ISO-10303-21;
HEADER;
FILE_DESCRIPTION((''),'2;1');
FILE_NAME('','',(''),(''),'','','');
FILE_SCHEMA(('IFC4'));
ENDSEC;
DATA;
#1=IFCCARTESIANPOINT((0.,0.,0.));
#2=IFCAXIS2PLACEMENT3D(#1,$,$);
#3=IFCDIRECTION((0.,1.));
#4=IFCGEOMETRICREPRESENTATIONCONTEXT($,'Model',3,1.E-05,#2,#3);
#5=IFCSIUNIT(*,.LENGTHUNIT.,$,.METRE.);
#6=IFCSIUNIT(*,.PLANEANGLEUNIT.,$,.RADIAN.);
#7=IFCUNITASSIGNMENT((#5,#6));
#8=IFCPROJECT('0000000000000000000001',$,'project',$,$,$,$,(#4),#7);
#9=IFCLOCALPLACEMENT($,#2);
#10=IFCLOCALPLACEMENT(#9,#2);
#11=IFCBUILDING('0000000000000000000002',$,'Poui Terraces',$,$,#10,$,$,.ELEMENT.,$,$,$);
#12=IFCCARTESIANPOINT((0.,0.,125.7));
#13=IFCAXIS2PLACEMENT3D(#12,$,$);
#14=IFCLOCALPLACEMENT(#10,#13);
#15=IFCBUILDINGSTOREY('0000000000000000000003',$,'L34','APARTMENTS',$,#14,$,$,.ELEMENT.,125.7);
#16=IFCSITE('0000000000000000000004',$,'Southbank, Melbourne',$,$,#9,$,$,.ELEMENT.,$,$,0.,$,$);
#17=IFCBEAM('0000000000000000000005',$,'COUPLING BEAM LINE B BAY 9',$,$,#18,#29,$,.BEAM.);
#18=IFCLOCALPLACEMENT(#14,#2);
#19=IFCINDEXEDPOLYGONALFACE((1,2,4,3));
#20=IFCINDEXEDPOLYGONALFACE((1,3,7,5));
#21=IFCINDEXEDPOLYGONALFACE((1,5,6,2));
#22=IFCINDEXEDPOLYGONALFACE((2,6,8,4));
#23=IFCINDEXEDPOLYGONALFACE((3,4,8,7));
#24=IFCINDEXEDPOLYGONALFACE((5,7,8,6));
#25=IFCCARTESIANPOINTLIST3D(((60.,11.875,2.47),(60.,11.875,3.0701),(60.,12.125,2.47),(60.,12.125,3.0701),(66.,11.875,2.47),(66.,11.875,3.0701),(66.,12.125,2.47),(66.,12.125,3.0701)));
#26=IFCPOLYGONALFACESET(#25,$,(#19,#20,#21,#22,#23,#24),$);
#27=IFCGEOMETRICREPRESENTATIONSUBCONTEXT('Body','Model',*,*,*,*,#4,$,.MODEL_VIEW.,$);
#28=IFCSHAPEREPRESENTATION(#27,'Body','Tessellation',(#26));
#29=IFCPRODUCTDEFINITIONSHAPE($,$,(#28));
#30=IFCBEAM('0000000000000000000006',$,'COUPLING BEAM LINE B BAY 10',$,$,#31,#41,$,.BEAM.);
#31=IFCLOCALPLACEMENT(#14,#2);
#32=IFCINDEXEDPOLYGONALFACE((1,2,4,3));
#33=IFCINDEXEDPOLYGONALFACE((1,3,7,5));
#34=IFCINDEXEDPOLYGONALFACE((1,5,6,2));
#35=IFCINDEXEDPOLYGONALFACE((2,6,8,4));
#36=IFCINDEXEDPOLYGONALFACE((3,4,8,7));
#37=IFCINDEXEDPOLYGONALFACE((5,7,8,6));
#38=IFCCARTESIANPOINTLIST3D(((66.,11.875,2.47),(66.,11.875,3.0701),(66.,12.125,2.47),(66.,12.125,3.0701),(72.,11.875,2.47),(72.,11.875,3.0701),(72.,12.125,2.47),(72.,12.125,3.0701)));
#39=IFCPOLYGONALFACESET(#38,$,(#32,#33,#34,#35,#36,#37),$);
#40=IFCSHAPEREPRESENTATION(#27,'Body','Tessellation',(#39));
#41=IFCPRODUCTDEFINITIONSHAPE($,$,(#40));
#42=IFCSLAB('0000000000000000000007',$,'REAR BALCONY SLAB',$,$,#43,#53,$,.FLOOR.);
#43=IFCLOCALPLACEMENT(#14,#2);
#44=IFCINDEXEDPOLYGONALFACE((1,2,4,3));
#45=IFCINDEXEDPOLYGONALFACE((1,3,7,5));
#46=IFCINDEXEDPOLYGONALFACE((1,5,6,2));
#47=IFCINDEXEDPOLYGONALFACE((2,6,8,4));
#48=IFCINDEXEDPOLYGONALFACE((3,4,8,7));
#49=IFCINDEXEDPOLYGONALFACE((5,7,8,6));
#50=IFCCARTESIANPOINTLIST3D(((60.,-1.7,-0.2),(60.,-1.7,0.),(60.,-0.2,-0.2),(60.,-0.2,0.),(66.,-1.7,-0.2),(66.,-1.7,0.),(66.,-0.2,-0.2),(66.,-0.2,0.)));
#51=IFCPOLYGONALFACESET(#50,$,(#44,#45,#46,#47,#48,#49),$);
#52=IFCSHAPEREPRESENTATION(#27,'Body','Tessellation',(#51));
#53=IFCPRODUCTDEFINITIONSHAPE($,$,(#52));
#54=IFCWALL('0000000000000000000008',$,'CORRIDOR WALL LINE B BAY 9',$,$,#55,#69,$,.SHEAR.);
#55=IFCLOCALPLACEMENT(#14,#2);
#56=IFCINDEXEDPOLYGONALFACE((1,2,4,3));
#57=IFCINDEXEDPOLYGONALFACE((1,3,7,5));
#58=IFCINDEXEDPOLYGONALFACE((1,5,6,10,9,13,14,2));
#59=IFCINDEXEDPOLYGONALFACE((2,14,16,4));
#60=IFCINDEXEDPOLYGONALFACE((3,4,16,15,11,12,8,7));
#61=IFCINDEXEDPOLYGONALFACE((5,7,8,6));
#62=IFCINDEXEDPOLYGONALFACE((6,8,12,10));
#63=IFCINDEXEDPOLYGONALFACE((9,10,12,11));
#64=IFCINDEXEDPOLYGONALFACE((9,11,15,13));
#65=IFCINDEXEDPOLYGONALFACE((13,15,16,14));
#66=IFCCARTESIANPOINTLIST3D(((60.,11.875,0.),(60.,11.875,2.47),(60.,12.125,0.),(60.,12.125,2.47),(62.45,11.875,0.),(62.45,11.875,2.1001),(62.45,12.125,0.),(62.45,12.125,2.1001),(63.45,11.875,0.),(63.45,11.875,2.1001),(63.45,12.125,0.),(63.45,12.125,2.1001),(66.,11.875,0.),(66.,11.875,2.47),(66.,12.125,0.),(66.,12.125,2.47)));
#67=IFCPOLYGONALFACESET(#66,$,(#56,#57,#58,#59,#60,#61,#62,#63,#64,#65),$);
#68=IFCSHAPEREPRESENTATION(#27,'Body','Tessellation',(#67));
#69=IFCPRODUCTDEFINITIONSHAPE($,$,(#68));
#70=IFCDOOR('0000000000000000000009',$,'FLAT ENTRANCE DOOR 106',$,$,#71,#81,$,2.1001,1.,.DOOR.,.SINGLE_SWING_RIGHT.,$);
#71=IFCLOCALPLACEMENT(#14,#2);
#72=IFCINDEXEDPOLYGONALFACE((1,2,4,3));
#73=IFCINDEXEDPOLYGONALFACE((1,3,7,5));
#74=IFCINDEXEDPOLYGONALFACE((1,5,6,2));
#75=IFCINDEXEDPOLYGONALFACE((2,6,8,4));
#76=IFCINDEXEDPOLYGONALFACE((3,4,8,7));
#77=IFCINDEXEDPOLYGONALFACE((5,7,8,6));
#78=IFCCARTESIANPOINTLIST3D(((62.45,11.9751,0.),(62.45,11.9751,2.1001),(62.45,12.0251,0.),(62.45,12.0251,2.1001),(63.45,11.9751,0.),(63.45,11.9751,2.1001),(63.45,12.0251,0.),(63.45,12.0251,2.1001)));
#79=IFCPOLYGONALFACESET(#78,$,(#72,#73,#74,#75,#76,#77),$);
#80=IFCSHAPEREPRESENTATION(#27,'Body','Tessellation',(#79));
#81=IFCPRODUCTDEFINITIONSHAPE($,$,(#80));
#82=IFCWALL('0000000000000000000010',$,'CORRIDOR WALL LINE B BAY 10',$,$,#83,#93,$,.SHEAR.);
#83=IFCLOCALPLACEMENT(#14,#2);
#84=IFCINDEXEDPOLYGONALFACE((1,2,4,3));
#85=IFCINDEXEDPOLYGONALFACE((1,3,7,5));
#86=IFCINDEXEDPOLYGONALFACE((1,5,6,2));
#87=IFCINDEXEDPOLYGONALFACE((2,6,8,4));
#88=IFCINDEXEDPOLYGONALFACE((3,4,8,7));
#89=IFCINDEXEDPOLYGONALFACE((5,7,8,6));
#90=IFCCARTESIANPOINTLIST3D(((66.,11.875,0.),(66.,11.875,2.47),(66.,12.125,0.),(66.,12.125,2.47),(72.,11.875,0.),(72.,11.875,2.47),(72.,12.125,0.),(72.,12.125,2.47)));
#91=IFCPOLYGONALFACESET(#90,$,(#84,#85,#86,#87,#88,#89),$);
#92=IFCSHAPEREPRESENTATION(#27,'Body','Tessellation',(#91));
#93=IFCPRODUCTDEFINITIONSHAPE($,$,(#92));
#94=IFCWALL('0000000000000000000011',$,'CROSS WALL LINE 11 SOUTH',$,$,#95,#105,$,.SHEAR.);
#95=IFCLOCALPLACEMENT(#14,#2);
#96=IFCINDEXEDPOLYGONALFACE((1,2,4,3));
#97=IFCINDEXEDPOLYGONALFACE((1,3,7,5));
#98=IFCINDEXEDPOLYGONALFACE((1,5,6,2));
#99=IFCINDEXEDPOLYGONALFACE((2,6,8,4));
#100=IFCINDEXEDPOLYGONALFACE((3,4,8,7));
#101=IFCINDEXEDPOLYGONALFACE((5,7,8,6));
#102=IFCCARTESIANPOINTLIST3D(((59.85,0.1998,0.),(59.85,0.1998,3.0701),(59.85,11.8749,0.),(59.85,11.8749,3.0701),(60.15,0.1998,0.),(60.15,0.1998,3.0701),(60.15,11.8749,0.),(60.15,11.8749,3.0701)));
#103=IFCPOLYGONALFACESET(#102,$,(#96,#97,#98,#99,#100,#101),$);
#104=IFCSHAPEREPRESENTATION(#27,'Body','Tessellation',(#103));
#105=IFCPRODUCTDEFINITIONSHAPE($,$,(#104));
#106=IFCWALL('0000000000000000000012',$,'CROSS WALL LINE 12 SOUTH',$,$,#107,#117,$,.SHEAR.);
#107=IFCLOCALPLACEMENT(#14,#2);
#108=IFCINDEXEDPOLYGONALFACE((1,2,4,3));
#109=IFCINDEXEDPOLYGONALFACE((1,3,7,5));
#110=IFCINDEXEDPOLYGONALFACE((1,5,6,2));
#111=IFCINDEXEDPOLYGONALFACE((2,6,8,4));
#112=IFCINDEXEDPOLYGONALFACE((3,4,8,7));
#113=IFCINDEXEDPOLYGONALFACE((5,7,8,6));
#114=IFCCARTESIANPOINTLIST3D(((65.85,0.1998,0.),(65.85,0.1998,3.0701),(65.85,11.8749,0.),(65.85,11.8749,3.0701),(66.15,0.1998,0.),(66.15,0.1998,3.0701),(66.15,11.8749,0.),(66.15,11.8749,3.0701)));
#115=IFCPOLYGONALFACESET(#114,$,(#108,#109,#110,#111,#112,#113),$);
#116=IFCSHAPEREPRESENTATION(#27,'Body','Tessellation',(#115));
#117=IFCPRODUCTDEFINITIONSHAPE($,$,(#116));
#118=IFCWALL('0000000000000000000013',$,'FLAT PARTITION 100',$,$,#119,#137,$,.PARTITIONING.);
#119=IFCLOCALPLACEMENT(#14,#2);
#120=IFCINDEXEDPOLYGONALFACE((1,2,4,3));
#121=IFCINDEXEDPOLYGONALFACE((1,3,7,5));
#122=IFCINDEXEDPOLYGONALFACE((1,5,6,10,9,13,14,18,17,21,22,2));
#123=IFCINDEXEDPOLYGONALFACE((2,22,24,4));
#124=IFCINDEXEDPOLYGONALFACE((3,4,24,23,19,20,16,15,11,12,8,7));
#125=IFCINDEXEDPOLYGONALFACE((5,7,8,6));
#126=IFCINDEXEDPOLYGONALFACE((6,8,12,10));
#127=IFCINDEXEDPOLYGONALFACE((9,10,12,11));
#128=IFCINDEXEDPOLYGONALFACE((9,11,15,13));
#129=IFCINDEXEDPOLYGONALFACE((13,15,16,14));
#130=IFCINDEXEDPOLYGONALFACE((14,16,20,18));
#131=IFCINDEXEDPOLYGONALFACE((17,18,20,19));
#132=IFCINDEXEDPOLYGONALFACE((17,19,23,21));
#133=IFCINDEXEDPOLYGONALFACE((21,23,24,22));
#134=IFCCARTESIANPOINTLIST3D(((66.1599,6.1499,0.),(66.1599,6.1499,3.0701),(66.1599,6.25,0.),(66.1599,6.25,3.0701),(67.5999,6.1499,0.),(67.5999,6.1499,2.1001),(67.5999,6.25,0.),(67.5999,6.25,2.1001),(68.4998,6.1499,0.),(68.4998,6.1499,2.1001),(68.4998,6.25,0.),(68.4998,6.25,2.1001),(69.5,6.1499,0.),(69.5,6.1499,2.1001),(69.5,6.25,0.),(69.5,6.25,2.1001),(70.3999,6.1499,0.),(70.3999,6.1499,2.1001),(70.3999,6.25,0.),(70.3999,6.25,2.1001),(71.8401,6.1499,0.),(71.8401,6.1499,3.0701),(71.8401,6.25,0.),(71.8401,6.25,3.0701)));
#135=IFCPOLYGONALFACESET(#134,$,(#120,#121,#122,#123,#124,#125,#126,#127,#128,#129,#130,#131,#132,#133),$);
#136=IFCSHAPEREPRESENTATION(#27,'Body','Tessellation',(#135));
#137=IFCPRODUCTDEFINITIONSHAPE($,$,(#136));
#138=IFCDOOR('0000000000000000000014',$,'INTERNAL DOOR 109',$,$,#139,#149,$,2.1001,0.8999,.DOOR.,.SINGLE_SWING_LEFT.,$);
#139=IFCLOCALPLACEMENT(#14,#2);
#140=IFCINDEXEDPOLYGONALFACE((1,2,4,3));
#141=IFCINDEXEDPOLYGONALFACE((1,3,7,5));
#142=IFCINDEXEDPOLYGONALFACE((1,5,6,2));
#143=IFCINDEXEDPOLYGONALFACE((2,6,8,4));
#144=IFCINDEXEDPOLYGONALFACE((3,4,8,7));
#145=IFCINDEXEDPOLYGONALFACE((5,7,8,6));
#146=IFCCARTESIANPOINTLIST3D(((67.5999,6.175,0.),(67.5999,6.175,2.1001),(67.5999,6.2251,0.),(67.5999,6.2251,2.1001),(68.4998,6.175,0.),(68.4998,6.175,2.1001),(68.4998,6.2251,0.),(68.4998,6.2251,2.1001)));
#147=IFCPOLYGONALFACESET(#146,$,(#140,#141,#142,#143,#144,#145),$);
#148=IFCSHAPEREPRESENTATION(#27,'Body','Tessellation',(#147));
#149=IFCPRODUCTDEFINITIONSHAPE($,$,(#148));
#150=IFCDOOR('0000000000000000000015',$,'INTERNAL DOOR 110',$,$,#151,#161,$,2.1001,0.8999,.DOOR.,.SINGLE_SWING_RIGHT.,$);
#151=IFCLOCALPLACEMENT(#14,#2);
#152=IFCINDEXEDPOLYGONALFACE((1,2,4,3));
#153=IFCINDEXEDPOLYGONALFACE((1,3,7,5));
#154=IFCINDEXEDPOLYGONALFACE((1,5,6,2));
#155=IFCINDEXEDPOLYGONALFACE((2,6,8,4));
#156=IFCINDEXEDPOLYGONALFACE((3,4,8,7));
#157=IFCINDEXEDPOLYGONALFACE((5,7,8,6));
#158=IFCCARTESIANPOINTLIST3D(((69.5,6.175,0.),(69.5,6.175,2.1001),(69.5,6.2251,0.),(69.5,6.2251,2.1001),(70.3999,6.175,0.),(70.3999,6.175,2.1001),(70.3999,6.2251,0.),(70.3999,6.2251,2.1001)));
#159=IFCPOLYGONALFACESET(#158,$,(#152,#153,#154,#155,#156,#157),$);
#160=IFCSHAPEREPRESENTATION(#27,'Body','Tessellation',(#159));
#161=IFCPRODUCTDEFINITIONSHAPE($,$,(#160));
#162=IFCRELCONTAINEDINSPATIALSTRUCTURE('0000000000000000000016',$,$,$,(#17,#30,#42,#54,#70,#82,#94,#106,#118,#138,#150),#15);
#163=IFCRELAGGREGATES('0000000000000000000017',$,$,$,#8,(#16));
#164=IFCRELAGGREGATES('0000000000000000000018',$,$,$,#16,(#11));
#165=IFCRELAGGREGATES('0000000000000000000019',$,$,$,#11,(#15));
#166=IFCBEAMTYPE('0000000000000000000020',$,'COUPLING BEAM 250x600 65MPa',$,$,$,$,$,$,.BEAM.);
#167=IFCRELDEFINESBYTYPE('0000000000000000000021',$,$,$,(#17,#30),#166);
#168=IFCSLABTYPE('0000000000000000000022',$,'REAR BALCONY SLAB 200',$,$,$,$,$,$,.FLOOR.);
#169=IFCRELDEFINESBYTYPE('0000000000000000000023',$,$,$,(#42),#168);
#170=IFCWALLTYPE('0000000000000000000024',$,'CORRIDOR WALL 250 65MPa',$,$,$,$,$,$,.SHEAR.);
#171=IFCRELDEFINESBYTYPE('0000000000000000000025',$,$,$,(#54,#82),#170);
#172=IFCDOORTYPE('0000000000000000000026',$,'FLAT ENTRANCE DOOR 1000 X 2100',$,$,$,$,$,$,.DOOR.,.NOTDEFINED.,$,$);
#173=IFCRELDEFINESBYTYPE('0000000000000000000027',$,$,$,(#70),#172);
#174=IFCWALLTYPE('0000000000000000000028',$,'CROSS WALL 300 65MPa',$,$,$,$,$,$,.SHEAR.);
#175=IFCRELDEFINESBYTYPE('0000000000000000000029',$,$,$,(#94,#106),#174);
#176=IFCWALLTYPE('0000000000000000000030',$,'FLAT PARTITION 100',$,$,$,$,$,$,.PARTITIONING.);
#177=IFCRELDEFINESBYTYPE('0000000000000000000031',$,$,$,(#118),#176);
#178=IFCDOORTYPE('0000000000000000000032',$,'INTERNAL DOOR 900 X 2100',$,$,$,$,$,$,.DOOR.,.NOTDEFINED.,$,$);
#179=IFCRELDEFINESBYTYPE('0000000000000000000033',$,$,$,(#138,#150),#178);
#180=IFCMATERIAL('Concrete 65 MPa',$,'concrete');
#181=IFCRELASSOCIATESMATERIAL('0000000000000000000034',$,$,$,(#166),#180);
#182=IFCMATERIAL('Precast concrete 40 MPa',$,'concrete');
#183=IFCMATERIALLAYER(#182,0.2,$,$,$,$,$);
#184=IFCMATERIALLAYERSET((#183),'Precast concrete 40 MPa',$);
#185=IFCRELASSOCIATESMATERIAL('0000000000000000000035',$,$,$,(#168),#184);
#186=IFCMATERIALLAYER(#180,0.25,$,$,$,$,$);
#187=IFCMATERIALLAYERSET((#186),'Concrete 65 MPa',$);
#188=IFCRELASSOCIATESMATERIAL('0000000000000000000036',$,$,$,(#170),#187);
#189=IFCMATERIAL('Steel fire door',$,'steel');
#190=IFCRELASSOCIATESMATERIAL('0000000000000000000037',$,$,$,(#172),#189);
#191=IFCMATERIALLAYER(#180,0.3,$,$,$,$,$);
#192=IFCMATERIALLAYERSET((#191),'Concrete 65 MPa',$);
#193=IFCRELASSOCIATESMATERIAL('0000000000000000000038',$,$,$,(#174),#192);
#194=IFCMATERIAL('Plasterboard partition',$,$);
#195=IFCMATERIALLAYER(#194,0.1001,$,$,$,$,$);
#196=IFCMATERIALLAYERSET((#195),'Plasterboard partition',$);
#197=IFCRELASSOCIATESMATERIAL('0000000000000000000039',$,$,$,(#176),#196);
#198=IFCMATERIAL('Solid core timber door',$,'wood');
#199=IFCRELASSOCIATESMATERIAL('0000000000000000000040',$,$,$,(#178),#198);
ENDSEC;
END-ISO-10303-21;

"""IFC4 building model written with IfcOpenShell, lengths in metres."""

from ifc_helpers import new_model, si_unit, direction, frame, frame_2d, origin, origin_2d, place, context, subcontext, project, spatial, polyline, rectangle, outline, extrude, source, transform, mapped, material, layer, layer_set, material_profile, profile_set, type_object, element, fill, save


model = new_model("IFC4")

# Units and contexts
model_context = context("Model", 3, precision=1e-05, world=origin(), true_north=direction((0.0, 1.0)))
body_context = subcontext(model_context, "Body", "Model", "MODEL_VIEW")
ifc_project = project(units=[si_unit("LENGTHUNIT", "METRE"), si_unit("PLANEANGLEUNIT", "RADIAN")], contexts=[model_context])

# Site, building, storey
site_placement = place(None, origin())
site = spatial("IfcSite", under=ifc_project, at=site_placement, Name="Southbank, Melbourne", CompositionType="ELEMENT", RefElevation=0.0)
building_placement = place(site_placement, origin())
building = spatial("IfcBuilding", under=site, at=building_placement, Name="Poui Terraces", CompositionType="ELEMENT")
storey_placement = place(building_placement, frame((0.0, 0.0, 125.7)))
storey = spatial("IfcBuildingStorey", under=building, at=storey_placement, Name="L34", Description="APARTMENTS", CompositionType="ELEMENT", Elevation=125.7)

# Beams
ifc_material_1 = material(Name="Concrete 65 MPa", Category="concrete")
ifc_material_profile_1 = material_profile(ifc_material_1, rectangle(XDim=0.25, YDim=0.6001, at=origin_2d()), Name="RC 250x600")
ifc_profile_set_1 = profile_set([ifc_material_profile_1], Name="Concrete 65 MPa")
beam_type = type_object("IfcBeamType", Name="COUPLING BEAM 250x600 65MPa", PredefinedType="BEAM", material=ifc_profile_set_1)
shared_shape_1 = source(origin(), body_context, "Body", "SweptSolid", [
    extrude(rectangle(XDim=0.25, YDim=0.6001, at=origin_2d()), origin(), (0.0, 0.0, 1.0), 6.0),
])
for number, where, z_axis, x_axis, name in (
    (1, (60.0, 12.0, 2.77), (1.0, 0.0, 0.0), (0.0, 1.0, 0.0), "COUPLING BEAM LINE B BAY 9"),
    (2, (66.0, 12.0, 2.77), (1.0, 0.0, 0.0), (0.0, 1.0, 0.0), "COUPLING BEAM LINE B BAY 10"),
):
    element("IfcBeam", number, at=place(storey_placement, frame(where, z_axis=z_axis, x_axis=x_axis)), inside=storey, type_object=beam_type, Name=name, PredefinedType="BEAM", context=body_context, shape_type="MappedRepresentation", body=[
        mapped(shared_shape_1, transform((0.0, 0.0, 0.0))),
    ])

# Slab
ifc_material_2 = material(Name="Precast concrete 40 MPa", Category="concrete")
ifc_layer_1 = layer(ifc_material_2, 0.2)
ifc_layer_set_1 = layer_set([ifc_layer_1], Name="Precast concrete 40 MPa")
slab_type = type_object("IfcSlabType", Name="REAR BALCONY SLAB 200", PredefinedType="FLOOR", material=ifc_layer_set_1)
shared_shape_2 = source(origin(), body_context, "Body", "SweptSolid", [
    extrude(outline(polyline([(0.0, 0.0), (6.0, 0.0), (6.0, 1.5), (0.0, 1.5), (0.0, 0.0)])), origin(), (0.0, 0.0, 1.0), 0.2),
])
slab_placement = place(storey_placement, frame((60.0, -1.7, -0.2)))
element("IfcSlab", 3, at=slab_placement, inside=storey, type_object=slab_type, Name="REAR BALCONY SLAB", PredefinedType="FLOOR", context=body_context, shape_type="MappedRepresentation", body=[
    mapped(shared_shape_2, transform((0.0, 0.0, 0.0))),
])

# Wall, opening, door
ifc_layer_2 = layer(ifc_material_1, 0.25)
ifc_layer_set_2 = layer_set([ifc_layer_2], Name="Concrete 65 MPa")
wall_type_1 = type_object("IfcWallType", Name="CORRIDOR WALL 250 65MPa", PredefinedType="SHEAR", material=ifc_layer_set_2)
wall_1_placement = place(storey_placement, frame((60.0, 12.0, 0.0), z_axis=(0.0, 0.0, 1.0), x_axis=(1.0, 0.0, 0.0)))
wall_1 = element("IfcWall", 4, at=wall_1_placement, inside=storey, type_object=wall_type_1, Name="CORRIDOR WALL LINE B BAY 9", PredefinedType="SHEAR", context=body_context, shape_type="SweptSolid", body=[
    extrude(rectangle(XDim=6.0, YDim=0.25, at=frame_2d((3.0, 0.0))), origin(), (0.0, 0.0, 1.0), 2.47),
])
opening_1_placement = place(wall_1_placement, frame((2.45, 0.0, 0.0)))
opening_1 = element("IfcOpeningElement", 5, at=opening_1_placement, cuts=wall_1, PredefinedType="OPENING", context=body_context, shape_type="SweptSolid", body=[
    extrude(rectangle(XDim=1.0, YDim=2.1001, at=frame_2d((0.5, 1.05))), frame((0.0, 0.135, 0.0), z_axis=(0.0, -1.0, 0.0), x_axis=(1.0, 0.0, 0.0)), (0.0, 0.0, 1.0), 0.27),
])
ifc_material_3 = material(Name="Steel fire door", Category="steel")
door_type_1 = type_object("IfcDoorType", Name="FLAT ENTRANCE DOOR 1000 X 2100", OperationType="NOTDEFINED", PredefinedType="DOOR", material=ifc_material_3)
door_1_placement = place(opening_1_placement, frame((1.0, 0.0, 0.0), z_axis=(0.0, 0.0, 1.0), x_axis=(-1.0, 0.0, 0.0)))
door_1 = element("IfcDoor", 6, at=door_1_placement, inside=storey, type_object=door_type_1, Name="FLAT ENTRANCE DOOR 106", OperationType="SINGLE_SWING_RIGHT", OverallHeight=2.1001, OverallWidth=1.0, PredefinedType="DOOR", context=body_context, shape_type="SweptSolid", body=[
    extrude(rectangle(XDim=1.0, YDim=2.1001, at=frame_2d((0.5, 1.05))), frame((0.0, 0.0249, 0.0), z_axis=(0.0, -1.0, 0.0), x_axis=(1.0, 0.0, 0.0)), (0.0, 0.0, 1.0), 0.05),
])
fill(opening_1, door_1)

# Walls
wall_2_placement = place(storey_placement, frame((66.0, 12.0, 0.0), z_axis=(0.0, 0.0, 1.0), x_axis=(1.0, 0.0, 0.0)))
element("IfcWall", 7, at=wall_2_placement, inside=storey, type_object=wall_type_1, Name="CORRIDOR WALL LINE B BAY 10", PredefinedType="SHEAR", context=body_context, shape_type="SweptSolid", body=[
    extrude(rectangle(XDim=6.0, YDim=0.25, at=frame_2d((3.0, 0.0))), origin(), (0.0, 0.0, 1.0), 2.47),
])
ifc_layer_3 = layer(ifc_material_1, 0.3)
ifc_layer_set_3 = layer_set([ifc_layer_3], Name="Concrete 65 MPa")
wall_type_2 = type_object("IfcWallType", Name="CROSS WALL 300 65MPa", PredefinedType="SHEAR", material=ifc_layer_set_3)
for number, where, z_axis, x_axis, name in (
    (8, (60.0, 0.2, 0.0), (0.0, 0.0, 1.0), (0.0, 1.0, 0.0), "CROSS WALL LINE 11 SOUTH"),
    (9, (66.0, 0.2, 0.0), (0.0, 0.0, 1.0), (0.0, 1.0, 0.0), "CROSS WALL LINE 12 SOUTH"),
):
    element("IfcWall", number, at=place(storey_placement, frame(where, z_axis=z_axis, x_axis=x_axis)), inside=storey, type_object=wall_type_2, Name=name, PredefinedType="SHEAR", context=body_context, shape_type="SweptSolid", body=[
        extrude(rectangle(XDim=11.675, YDim=0.3, at=frame_2d((5.8374, 0.0))), origin(), (0.0, 0.0, 1.0), 3.0701),
    ])

# Wall, openings, doors
ifc_material_4 = material(Name="Plasterboard partition")
ifc_layer_4 = layer(ifc_material_4, 0.1001)
ifc_layer_set_4 = layer_set([ifc_layer_4], Name="Plasterboard partition")
wall_type_3 = type_object("IfcWallType", Name="FLAT PARTITION 100", PredefinedType="PARTITIONING", material=ifc_layer_set_4)
wall_3_placement = place(storey_placement, frame((66.1599, 6.2, 0.0), z_axis=(0.0, 0.0, 1.0), x_axis=(1.0, 0.0, 0.0)))
wall_3 = element("IfcWall", 10, at=wall_3_placement, inside=storey, type_object=wall_type_3, Name="FLAT PARTITION 100", PredefinedType="PARTITIONING", context=body_context, shape_type="SweptSolid", body=[
    extrude(rectangle(XDim=5.6802, YDim=0.1001, at=frame_2d((2.8401, 0.0))), origin(), (0.0, 0.0, 1.0), 3.0701),
])
opening_2_placement = place(wall_3_placement, frame((1.4399, 0.0, 0.0)))
opening_2 = element("IfcOpeningElement", 11, at=opening_2_placement, cuts=wall_3, PredefinedType="OPENING", context=body_context, shape_type="SweptSolid", body=[
    extrude(rectangle(XDim=0.8999, YDim=2.1001, at=frame_2d((0.45, 1.05))), frame((0.0, 0.0601, 0.0), z_axis=(0.0, -1.0, 0.0), x_axis=(1.0, 0.0, 0.0)), (0.0, 0.0, 1.0), 0.1201),
])
opening_3_placement = place(wall_3_placement, frame((3.3401, 0.0, 0.0)))
opening_3 = element("IfcOpeningElement", 12, at=opening_3_placement, cuts=wall_3, PredefinedType="OPENING", context=body_context, shape_type="SweptSolid", body=[
    extrude(rectangle(XDim=0.8999, YDim=2.1001, at=frame_2d((0.45, 1.05))), frame((0.0, 0.0601, 0.0), z_axis=(0.0, -1.0, 0.0), x_axis=(1.0, 0.0, 0.0)), (0.0, 0.0, 1.0), 0.1201),
])
ifc_material_5 = material(Name="Solid core timber door", Category="wood")
door_type_2 = type_object("IfcDoorType", Name="INTERNAL DOOR 900 X 2100", OperationType="NOTDEFINED", PredefinedType="DOOR", material=ifc_material_5)
door_2_placement = place(opening_2_placement, frame((0.8999, 0.0, 0.0), z_axis=(0.0, 0.0, 1.0), x_axis=(-1.0, 0.0, 0.0)))
door_2 = element("IfcDoor", 13, at=door_2_placement, inside=storey, type_object=door_type_2, Name="INTERNAL DOOR 109", OperationType="SINGLE_SWING_LEFT", OverallHeight=2.1001, OverallWidth=0.8999, PredefinedType="DOOR", context=body_context, shape_type="SweptSolid", body=[
    extrude(rectangle(XDim=0.8999, YDim=2.1001, at=frame_2d((0.45, 1.05))), frame((0.0, 0.0249, 0.0), z_axis=(0.0, -1.0, 0.0), x_axis=(1.0, 0.0, 0.0)), (0.0, 0.0, 1.0), 0.05),
])
fill(opening_2, door_2)
door_3_placement = place(opening_3_placement, frame((0.8999, 0.0, 0.0), z_axis=(0.0, 0.0, 1.0), x_axis=(-1.0, 0.0, 0.0)))
door_3 = element("IfcDoor", 14, at=door_3_placement, inside=storey, type_object=door_type_2, Name="INTERNAL DOOR 110", OperationType="SINGLE_SWING_RIGHT", OverallHeight=2.1001, OverallWidth=0.8999, PredefinedType="DOOR", context=body_context, shape_type="SweptSolid", body=[
    extrude(rectangle(XDim=0.8999, YDim=2.1001, at=frame_2d((0.45, 1.05))), frame((0.0, 0.0249, 0.0), z_axis=(0.0, -1.0, 0.0), x_axis=(1.0, 0.0, 0.0)), (0.0, 0.0, 1.0), 0.05),
])
fill(opening_3, door_3)

save(model, "model.ifc")
